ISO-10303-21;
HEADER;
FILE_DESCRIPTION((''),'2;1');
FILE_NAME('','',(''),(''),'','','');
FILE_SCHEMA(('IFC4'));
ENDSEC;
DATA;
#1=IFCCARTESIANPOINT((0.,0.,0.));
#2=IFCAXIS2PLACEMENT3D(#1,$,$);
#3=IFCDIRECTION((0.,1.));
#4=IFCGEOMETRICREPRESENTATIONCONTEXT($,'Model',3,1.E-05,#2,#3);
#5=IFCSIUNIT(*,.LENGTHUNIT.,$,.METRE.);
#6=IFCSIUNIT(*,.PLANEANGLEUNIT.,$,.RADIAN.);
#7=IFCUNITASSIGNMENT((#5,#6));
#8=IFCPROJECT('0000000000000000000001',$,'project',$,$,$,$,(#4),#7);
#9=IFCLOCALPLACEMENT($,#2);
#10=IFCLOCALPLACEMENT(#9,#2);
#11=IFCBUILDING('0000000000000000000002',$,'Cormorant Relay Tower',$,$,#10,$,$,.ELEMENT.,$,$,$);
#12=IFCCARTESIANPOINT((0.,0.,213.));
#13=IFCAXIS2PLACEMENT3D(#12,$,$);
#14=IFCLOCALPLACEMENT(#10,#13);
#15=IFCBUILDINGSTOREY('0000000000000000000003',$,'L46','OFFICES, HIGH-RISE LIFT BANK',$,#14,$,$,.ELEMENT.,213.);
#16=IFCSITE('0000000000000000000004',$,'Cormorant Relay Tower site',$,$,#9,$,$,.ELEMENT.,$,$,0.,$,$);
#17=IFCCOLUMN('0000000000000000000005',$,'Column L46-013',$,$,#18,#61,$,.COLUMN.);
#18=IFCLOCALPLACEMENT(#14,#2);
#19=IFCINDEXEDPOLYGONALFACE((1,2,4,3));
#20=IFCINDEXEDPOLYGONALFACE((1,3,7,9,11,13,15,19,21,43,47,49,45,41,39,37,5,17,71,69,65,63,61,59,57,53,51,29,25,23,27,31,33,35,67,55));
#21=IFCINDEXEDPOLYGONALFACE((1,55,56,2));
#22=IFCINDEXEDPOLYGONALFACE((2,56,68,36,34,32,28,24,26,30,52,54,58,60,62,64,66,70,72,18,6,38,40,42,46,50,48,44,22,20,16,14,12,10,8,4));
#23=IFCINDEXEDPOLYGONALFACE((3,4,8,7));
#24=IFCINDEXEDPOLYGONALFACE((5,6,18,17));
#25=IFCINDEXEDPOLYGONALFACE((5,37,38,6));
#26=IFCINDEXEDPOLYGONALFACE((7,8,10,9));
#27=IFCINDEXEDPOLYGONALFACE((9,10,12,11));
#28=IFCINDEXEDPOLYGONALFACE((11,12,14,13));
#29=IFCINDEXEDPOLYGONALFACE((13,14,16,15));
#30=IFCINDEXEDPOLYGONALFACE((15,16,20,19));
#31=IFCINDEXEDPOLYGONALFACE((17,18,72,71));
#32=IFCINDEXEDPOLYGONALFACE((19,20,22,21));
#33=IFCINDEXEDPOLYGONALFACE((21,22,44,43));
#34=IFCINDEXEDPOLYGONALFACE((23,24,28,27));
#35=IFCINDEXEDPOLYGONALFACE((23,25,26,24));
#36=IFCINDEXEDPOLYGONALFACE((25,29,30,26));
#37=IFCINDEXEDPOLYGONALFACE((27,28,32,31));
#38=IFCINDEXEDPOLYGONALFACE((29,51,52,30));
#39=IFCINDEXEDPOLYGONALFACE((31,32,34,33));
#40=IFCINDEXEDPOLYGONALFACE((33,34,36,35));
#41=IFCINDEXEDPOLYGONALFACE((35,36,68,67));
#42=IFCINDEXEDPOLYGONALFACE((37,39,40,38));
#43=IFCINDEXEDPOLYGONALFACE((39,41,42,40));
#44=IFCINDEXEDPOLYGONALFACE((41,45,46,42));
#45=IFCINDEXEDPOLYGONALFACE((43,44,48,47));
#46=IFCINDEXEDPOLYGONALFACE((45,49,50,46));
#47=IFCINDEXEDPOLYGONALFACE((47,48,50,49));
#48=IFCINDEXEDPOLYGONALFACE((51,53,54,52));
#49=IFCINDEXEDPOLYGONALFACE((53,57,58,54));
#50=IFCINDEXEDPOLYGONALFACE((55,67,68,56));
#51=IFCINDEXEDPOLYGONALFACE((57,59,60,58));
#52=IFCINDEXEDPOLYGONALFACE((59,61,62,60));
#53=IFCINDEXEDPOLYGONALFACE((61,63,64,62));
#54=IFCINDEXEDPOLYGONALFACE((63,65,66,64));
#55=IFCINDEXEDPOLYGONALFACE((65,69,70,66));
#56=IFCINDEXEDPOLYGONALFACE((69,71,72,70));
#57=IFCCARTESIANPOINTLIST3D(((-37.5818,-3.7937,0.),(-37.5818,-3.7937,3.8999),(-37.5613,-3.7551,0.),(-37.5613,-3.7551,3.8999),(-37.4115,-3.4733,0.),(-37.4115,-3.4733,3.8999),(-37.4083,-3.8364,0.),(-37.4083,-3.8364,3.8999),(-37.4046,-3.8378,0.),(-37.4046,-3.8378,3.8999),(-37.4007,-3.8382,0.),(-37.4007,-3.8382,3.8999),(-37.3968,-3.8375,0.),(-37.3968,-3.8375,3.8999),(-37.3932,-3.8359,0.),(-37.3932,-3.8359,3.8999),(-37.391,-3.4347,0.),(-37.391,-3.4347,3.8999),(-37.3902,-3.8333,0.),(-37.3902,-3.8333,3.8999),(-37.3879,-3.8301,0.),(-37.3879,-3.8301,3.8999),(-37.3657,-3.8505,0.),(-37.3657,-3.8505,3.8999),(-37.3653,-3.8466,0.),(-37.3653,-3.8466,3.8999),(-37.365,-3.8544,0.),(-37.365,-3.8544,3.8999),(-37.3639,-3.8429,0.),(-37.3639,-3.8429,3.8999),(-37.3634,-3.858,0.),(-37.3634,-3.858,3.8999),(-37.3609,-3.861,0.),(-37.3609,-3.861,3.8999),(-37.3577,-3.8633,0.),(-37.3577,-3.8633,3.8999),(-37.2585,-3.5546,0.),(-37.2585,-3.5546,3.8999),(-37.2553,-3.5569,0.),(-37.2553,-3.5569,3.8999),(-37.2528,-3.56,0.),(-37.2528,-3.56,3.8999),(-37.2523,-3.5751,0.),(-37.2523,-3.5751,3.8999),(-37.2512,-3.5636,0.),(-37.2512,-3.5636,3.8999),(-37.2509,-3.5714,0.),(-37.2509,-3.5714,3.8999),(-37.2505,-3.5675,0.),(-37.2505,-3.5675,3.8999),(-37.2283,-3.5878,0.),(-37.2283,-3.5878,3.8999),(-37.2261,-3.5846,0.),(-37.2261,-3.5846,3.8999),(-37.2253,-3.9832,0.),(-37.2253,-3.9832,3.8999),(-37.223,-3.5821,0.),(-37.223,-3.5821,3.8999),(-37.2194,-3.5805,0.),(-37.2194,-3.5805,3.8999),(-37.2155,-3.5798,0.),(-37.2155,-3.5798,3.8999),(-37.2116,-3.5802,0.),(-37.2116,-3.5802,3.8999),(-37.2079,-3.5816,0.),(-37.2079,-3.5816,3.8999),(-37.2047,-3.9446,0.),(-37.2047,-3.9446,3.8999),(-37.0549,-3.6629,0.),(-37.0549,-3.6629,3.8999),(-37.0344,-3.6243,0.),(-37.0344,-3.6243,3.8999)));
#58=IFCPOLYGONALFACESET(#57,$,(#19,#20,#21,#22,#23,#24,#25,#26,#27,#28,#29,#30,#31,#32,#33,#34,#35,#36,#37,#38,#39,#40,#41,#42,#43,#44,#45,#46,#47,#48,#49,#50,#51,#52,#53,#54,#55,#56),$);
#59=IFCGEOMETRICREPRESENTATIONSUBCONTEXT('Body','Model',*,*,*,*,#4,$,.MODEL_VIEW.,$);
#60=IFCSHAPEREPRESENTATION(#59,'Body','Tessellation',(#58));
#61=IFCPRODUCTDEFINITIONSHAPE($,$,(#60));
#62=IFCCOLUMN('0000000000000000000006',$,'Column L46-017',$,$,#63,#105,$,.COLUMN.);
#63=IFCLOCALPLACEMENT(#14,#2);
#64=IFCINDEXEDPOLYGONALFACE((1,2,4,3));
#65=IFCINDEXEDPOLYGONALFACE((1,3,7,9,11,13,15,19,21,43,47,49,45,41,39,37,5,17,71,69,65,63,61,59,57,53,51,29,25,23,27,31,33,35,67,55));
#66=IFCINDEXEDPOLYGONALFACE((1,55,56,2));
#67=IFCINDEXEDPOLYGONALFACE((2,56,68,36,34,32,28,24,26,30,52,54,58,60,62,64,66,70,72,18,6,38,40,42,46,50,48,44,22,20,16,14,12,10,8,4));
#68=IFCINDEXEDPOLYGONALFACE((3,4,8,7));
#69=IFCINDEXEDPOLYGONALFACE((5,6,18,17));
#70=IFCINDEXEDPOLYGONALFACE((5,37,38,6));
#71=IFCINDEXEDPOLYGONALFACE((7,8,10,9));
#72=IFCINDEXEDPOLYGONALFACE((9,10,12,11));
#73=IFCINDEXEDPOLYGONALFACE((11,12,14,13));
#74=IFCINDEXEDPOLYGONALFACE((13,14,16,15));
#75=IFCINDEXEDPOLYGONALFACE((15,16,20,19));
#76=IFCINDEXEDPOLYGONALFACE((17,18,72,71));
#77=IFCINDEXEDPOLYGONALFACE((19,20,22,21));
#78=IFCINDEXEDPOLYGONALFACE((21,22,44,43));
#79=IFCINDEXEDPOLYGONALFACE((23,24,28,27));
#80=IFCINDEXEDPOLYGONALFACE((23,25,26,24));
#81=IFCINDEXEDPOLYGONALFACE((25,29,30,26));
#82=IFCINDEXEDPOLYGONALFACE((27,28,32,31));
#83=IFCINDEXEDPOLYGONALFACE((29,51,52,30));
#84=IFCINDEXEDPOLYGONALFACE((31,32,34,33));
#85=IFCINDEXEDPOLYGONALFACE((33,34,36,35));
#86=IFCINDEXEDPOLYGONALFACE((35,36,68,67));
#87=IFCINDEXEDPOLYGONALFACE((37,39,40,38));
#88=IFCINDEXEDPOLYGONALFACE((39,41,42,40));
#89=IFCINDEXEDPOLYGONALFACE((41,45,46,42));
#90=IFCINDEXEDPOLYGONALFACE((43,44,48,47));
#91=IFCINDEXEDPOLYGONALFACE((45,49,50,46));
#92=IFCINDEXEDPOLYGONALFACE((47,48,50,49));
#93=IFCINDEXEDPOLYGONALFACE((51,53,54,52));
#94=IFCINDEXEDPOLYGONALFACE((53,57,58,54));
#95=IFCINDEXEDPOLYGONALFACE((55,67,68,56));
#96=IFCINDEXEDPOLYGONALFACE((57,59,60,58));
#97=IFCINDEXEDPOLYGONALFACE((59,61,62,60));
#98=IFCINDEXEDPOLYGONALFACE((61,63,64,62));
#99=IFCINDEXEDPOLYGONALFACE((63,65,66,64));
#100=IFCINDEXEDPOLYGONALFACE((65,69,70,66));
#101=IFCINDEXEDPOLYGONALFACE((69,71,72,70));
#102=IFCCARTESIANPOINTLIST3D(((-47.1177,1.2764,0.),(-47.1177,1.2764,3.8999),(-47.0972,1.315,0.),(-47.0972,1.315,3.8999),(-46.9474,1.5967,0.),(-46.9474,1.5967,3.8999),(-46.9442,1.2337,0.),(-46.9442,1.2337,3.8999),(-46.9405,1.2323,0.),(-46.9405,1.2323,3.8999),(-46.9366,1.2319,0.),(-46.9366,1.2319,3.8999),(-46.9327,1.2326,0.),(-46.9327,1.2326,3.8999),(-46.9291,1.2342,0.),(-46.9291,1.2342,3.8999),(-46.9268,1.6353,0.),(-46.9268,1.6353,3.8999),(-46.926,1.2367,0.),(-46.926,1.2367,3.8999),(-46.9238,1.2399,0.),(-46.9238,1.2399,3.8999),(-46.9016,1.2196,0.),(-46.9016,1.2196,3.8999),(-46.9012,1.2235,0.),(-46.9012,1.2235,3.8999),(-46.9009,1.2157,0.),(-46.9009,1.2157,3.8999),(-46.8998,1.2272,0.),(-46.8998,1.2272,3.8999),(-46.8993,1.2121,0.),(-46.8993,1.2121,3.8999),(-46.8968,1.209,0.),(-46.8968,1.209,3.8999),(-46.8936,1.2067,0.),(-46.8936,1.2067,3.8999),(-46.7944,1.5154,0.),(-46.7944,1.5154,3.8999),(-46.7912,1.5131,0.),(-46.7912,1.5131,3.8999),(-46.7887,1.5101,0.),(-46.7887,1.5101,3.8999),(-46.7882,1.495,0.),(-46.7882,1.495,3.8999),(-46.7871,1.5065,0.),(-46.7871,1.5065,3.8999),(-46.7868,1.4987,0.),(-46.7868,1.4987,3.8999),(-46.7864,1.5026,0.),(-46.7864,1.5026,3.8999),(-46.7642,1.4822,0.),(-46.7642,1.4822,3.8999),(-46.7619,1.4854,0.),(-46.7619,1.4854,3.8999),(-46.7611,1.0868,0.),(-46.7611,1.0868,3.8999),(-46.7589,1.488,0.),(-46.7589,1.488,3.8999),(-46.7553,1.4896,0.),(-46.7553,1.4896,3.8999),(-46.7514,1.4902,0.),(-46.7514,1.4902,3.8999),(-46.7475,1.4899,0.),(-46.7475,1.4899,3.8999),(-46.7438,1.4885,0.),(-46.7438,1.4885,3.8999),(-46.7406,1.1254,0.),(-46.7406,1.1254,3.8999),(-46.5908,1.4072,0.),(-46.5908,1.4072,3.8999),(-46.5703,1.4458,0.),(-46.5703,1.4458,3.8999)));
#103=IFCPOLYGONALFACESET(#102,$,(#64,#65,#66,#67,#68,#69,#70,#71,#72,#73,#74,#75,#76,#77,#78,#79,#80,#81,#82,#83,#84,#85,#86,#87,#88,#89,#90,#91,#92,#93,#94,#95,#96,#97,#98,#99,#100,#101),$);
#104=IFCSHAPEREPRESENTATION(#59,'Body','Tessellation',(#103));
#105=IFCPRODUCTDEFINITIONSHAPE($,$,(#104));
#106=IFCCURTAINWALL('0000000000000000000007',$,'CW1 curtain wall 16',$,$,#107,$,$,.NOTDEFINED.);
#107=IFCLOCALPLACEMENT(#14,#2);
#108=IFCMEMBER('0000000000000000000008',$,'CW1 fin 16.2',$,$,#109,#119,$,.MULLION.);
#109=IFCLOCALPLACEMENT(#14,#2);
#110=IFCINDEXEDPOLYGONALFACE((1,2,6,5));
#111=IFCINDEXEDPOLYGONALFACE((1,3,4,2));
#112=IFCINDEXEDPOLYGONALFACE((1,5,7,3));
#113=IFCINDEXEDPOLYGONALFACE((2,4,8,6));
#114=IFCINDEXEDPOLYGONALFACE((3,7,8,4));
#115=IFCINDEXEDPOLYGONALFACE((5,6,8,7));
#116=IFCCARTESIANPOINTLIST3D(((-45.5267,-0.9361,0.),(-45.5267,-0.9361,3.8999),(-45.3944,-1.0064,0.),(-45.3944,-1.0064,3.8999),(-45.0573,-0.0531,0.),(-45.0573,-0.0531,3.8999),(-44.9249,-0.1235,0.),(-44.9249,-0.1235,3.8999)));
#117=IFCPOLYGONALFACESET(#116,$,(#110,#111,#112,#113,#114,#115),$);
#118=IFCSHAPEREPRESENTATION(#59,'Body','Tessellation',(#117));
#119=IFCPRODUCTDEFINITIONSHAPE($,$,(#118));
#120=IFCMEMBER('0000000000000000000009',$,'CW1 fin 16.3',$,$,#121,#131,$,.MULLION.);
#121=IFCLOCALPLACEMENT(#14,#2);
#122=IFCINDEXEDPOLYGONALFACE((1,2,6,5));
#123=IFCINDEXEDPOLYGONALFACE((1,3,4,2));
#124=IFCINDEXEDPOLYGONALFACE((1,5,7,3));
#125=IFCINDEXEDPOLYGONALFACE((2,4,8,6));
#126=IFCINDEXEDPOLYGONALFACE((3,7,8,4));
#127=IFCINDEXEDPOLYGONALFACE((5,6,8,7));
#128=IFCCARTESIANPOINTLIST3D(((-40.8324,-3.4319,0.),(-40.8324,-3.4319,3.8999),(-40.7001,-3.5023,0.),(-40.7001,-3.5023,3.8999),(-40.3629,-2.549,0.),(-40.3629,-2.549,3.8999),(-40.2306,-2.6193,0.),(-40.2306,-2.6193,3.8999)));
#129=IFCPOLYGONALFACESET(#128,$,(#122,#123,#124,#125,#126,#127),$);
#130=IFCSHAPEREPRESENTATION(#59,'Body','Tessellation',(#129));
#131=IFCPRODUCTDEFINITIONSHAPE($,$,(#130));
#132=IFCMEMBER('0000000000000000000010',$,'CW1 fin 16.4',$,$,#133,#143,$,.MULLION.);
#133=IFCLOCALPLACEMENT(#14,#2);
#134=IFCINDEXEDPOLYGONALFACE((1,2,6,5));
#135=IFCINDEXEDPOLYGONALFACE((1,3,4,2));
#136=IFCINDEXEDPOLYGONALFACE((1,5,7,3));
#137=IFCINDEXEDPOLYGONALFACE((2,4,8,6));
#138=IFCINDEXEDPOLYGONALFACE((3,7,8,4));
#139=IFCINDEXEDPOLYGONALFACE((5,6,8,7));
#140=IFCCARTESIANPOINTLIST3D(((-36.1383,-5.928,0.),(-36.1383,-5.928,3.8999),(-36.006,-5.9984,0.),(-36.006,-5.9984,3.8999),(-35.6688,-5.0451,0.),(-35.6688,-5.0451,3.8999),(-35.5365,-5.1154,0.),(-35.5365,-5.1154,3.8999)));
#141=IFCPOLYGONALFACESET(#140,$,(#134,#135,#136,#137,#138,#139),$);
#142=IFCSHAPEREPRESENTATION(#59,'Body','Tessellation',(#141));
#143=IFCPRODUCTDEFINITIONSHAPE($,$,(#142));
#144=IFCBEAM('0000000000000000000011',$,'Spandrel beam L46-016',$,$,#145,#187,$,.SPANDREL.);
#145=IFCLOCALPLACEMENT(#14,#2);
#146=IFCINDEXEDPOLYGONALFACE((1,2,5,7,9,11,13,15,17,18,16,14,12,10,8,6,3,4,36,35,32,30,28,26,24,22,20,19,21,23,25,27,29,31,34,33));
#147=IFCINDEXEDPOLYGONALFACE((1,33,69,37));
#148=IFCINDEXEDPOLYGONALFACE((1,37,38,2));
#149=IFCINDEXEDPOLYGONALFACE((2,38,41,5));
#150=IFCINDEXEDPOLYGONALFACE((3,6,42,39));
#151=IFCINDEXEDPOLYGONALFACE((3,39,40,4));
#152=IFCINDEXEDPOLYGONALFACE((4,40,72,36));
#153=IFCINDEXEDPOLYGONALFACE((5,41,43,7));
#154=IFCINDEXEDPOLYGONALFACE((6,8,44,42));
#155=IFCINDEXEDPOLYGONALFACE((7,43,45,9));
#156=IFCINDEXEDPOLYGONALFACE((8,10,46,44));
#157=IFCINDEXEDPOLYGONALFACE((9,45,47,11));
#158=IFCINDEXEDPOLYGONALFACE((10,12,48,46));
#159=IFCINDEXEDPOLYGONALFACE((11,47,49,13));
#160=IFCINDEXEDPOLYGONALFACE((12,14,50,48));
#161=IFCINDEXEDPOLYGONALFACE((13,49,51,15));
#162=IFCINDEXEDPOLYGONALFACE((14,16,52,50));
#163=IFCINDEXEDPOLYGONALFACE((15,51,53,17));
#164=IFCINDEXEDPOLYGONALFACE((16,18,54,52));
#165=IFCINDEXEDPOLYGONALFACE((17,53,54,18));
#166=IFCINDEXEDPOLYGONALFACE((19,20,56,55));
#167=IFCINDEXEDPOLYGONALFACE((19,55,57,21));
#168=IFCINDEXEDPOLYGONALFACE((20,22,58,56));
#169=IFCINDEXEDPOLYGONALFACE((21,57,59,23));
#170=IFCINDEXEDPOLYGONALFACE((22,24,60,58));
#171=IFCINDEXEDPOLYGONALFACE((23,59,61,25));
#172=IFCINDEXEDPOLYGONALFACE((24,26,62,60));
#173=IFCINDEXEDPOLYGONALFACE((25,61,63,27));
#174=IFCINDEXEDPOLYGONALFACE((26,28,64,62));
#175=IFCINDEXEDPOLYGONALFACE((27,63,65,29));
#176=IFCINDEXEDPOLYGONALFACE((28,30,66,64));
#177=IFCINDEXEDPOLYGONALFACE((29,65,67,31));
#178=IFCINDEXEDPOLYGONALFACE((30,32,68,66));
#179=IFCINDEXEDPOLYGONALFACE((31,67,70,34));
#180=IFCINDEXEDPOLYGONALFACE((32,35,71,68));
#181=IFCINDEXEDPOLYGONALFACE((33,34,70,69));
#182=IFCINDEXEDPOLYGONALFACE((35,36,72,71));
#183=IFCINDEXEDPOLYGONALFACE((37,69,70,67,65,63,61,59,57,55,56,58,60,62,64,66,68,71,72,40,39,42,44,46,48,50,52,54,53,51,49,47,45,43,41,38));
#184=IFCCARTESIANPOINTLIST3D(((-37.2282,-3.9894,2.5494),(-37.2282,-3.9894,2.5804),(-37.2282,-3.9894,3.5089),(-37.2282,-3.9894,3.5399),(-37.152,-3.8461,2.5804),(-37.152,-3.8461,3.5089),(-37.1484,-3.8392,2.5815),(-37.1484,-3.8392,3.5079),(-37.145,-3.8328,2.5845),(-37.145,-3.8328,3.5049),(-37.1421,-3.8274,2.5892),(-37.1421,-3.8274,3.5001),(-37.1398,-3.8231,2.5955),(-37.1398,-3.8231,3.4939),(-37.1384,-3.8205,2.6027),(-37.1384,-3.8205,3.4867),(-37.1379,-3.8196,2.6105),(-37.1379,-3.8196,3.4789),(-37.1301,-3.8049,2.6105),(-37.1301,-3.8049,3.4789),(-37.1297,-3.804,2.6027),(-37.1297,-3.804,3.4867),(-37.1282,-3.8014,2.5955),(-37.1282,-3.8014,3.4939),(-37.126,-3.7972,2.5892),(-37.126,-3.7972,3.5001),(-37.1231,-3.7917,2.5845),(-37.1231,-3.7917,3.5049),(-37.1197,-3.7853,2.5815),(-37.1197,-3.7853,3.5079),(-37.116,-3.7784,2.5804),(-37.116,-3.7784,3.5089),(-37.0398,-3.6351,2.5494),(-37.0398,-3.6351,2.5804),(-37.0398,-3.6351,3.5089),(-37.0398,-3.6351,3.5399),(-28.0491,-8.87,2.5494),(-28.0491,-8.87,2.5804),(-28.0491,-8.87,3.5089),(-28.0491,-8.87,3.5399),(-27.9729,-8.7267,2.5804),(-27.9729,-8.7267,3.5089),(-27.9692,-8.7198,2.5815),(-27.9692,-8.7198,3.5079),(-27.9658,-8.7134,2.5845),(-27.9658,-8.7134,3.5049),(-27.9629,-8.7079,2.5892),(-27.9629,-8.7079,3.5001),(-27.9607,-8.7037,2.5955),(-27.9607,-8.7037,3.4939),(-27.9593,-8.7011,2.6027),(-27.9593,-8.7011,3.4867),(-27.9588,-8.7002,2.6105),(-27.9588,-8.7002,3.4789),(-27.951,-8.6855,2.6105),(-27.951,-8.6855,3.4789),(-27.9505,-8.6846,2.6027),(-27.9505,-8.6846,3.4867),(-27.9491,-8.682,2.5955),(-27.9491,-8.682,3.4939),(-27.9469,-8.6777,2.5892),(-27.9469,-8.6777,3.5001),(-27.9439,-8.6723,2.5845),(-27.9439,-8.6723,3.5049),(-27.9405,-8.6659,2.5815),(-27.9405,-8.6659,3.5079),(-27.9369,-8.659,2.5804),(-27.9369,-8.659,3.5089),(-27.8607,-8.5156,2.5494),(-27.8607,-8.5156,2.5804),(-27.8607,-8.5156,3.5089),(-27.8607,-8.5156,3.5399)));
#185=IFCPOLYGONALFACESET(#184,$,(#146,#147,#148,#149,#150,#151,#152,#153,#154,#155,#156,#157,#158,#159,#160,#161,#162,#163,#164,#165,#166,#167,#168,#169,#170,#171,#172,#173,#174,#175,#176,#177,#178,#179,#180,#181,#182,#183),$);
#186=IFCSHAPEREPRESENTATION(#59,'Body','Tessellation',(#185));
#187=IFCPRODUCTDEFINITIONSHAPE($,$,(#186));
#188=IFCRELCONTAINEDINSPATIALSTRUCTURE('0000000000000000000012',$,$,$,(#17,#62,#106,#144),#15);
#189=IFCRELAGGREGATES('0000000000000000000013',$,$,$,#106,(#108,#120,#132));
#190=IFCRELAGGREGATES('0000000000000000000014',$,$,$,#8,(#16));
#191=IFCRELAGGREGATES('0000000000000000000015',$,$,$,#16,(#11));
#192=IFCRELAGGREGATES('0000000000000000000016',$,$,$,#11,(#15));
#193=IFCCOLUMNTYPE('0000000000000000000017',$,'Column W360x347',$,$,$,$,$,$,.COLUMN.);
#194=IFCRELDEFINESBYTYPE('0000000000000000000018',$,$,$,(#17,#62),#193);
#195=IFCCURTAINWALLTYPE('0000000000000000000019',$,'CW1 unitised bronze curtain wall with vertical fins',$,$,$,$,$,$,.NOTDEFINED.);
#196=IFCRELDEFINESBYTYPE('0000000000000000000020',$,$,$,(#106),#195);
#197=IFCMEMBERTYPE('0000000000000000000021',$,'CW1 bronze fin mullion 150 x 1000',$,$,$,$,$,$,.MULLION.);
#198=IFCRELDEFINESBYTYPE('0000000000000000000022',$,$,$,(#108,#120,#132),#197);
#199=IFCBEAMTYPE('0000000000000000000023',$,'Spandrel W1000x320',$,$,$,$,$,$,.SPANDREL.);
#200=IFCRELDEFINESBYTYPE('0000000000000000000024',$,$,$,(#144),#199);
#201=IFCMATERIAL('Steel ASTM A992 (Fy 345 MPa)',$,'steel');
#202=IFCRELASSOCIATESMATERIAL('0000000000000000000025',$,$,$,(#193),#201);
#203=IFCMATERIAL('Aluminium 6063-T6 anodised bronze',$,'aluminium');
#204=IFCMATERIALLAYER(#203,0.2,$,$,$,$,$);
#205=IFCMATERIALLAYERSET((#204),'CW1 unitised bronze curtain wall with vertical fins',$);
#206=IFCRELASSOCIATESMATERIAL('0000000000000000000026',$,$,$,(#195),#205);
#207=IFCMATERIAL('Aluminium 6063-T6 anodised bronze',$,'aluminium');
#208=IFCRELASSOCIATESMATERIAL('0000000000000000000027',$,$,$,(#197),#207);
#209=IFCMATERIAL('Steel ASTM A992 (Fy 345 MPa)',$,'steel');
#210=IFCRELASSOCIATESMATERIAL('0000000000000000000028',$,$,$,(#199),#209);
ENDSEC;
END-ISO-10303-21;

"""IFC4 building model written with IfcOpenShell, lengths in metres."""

from ifc_helpers import new_model, si_unit, direction, frame, origin, origin_2d, place, context, subcontext, project, spatial, rectangle, i_section, extrude, material, layer, layer_set, material_profile, profile_set, type_object, element, aggregate, save


model = new_model("IFC4")

# Units and contexts
model_context = context("Model", 3, precision=1e-05, world=origin(), true_north=direction((0.0, 1.0)))
body_context = subcontext(model_context, "Body", "Model", "MODEL_VIEW")
ifc_project = project(units=[si_unit("LENGTHUNIT", "METRE"), si_unit("PLANEANGLEUNIT", "RADIAN")], contexts=[model_context])

# Site, building, storey
site_placement = place(None, origin())
site = spatial("IfcSite", under=ifc_project, at=site_placement, Name="Cormorant Relay Tower site", CompositionType="ELEMENT", RefElevation=0.0)
building_placement = place(site_placement, origin())
building = spatial("IfcBuilding", under=site, at=building_placement, Name="Cormorant Relay Tower", CompositionType="ELEMENT")
storey_placement = place(building_placement, frame((0.0, 0.0, 213.0)))
storey = spatial("IfcBuildingStorey", under=building, at=storey_placement, Name="L46", Description="OFFICES, HIGH-RISE LIFT BANK", CompositionType="ELEMENT", Elevation=213.0)

# Columns
ifc_material_1 = material(Name="Steel ASTM A992 (Fy 345 MPa)", Category="steel")
ifc_material_profile_1 = material_profile(ifc_material_1, i_section(OverallWidth=0.4038, OverallDepth=0.4065, WebThickness=0.0271, FlangeThickness=0.0437, FilletRadius=0.0151, at=origin_2d()), Name="W360x347")
ifc_profile_set_1 = profile_set([ifc_material_profile_1], Name="Steel ASTM A992 (Fy 345 MPa)")
column_type = type_object("IfcColumnType", Name="Column W360x347", PredefinedType="COLUMN", material=ifc_profile_set_1)
for number, where, z_axis, x_axis, name in (
    (1, (-37.3081, -3.709, 0.0), (0.0, 0.0, 1.0), (0.882948, -0.469472, 0.0), "Column L46-013"),
    (2, (-46.844, 1.3611, 0.0), (0.0, 0.0, 1.0), (0.882948, -0.469472, 0.0), "Column L46-017"),
):
    element("IfcColumn", number, at=place(storey_placement, frame(where, z_axis=z_axis, x_axis=x_axis)), inside=storey, type_object=column_type, Name=name, PredefinedType="COLUMN", context=body_context, shape_type="SweptSolid", body=[
        extrude(i_section(OverallWidth=0.4038, OverallDepth=0.4065, WebThickness=0.0271, FlangeThickness=0.0437, FilletRadius=0.0151, at=origin_2d()), origin(), (0.0, 0.0, 1.0), 3.8999),
    ])

# Curtain wall, members
ifc_material_2 = material(Name="Aluminium 6063-T6 anodised bronze", Category="aluminium")
ifc_layer_1 = layer(ifc_material_2, 0.2)
ifc_layer_set_1 = layer_set([ifc_layer_1], Name="CW1 unitised bronze curtain wall with vertical fins")
curtain_wall_type = type_object("IfcCurtainWallType", Name="CW1 unitised bronze curtain wall with vertical fins", PredefinedType="NOTDEFINED", material=ifc_layer_set_1)
curtain_wall_placement = place(storey_placement, origin())
curtain_wall = element("IfcCurtainWall", 3, at=curtain_wall_placement, inside=storey, type_object=curtain_wall_type, Name="CW1 curtain wall 16", PredefinedType="NOTDEFINED")
ifc_material_3 = material(Name="Aluminium 6063-T6 anodised bronze", Category="aluminium")
ifc_material_profile_2 = material_profile(ifc_material_3, rectangle(XDim=0.1499, YDim=1.0, at=origin_2d()), Name="AL 150x1000")
ifc_profile_set_2 = profile_set([ifc_material_profile_2], Name="Aluminium 6063-T6 anodised bronze")
member_type = type_object("IfcMemberType", Name="CW1 bronze fin mullion 150 x 1000", PredefinedType="MULLION", material=ifc_profile_set_2)
member_1_placement = place(storey_placement, frame((-45.2258, -0.5298, 0.0), z_axis=(0.0, 0.0, 1.0), x_axis=(0.882948, -0.469472, 0.0)))
member_1 = element("IfcMember", 4, at=member_1_placement, type_object=member_type, Name="CW1 fin 16.2", PredefinedType="MULLION", context=body_context, shape_type="SweptSolid", body=[
    extrude(rectangle(XDim=0.1499, YDim=1.0, at=origin_2d()), origin(), (0.0, 0.0, 1.0), 3.8999),
])
member_2_placement = place(storey_placement, frame((-40.5315, -3.0256, 0.0), z_axis=(0.0, 0.0, 1.0), x_axis=(0.882948, -0.469472, 0.0)))
member_2 = element("IfcMember", 5, at=member_2_placement, type_object=member_type, Name="CW1 fin 16.3", PredefinedType="MULLION", context=body_context, shape_type="SweptSolid", body=[
    extrude(rectangle(XDim=0.1499, YDim=1.0, at=origin_2d()), origin(), (0.0, 0.0, 1.0), 3.8999),
])
member_3_placement = place(storey_placement, frame((-35.8374, -5.5217, 0.0), z_axis=(0.0, 0.0, 1.0), x_axis=(0.882948, -0.469472, 0.0)))
member_3 = element("IfcMember", 6, at=member_3_placement, type_object=member_type, Name="CW1 fin 16.4", PredefinedType="MULLION", context=body_context, shape_type="SweptSolid", body=[
    extrude(rectangle(XDim=0.1499, YDim=1.0, at=origin_2d()), origin(), (0.0, 0.0, 1.0), 3.8999),
])

# Beam
ifc_material_4 = material(Name="Steel ASTM A992 (Fy 345 MPa)", Category="steel")
ifc_material_profile_3 = material_profile(ifc_material_4, i_section(OverallWidth=0.4014, OverallDepth=0.9905, WebThickness=0.0166, FlangeThickness=0.031, FilletRadius=0.03, at=origin_2d()), Name="W1000x320")
ifc_profile_set_3 = profile_set([ifc_material_profile_3], Name="Steel ASTM A992 (Fy 345 MPa)")
beam_type_1 = type_object("IfcBeamType", Name="Spandrel W1000x320", PredefinedType="SPANDREL", material=ifc_profile_set_3)
beam_1_placement = place(storey_placement, frame((-37.134, -3.8123, 3.0447), z_axis=(0.88295, -0.469468, 0.0), x_axis=(0.469468, 0.88295, 0.0)))
element("IfcBeam", 7, at=beam_1_placement, inside=storey, type_object=beam_type_1, Name="Spandrel beam L46-016", PredefinedType="SPANDREL", context=body_context, shape_type="SweptSolid", body=[
    extrude(i_section(OverallWidth=0.4014, OverallDepth=0.9905, WebThickness=0.0166, FlangeThickness=0.031, FilletRadius=0.03, at=origin_2d()), origin(), (0.0, 0.0, 1.0), 10.396),
])

aggregate(curtain_wall, [member_1, member_2, member_3])

save(model, "model.ifc")
